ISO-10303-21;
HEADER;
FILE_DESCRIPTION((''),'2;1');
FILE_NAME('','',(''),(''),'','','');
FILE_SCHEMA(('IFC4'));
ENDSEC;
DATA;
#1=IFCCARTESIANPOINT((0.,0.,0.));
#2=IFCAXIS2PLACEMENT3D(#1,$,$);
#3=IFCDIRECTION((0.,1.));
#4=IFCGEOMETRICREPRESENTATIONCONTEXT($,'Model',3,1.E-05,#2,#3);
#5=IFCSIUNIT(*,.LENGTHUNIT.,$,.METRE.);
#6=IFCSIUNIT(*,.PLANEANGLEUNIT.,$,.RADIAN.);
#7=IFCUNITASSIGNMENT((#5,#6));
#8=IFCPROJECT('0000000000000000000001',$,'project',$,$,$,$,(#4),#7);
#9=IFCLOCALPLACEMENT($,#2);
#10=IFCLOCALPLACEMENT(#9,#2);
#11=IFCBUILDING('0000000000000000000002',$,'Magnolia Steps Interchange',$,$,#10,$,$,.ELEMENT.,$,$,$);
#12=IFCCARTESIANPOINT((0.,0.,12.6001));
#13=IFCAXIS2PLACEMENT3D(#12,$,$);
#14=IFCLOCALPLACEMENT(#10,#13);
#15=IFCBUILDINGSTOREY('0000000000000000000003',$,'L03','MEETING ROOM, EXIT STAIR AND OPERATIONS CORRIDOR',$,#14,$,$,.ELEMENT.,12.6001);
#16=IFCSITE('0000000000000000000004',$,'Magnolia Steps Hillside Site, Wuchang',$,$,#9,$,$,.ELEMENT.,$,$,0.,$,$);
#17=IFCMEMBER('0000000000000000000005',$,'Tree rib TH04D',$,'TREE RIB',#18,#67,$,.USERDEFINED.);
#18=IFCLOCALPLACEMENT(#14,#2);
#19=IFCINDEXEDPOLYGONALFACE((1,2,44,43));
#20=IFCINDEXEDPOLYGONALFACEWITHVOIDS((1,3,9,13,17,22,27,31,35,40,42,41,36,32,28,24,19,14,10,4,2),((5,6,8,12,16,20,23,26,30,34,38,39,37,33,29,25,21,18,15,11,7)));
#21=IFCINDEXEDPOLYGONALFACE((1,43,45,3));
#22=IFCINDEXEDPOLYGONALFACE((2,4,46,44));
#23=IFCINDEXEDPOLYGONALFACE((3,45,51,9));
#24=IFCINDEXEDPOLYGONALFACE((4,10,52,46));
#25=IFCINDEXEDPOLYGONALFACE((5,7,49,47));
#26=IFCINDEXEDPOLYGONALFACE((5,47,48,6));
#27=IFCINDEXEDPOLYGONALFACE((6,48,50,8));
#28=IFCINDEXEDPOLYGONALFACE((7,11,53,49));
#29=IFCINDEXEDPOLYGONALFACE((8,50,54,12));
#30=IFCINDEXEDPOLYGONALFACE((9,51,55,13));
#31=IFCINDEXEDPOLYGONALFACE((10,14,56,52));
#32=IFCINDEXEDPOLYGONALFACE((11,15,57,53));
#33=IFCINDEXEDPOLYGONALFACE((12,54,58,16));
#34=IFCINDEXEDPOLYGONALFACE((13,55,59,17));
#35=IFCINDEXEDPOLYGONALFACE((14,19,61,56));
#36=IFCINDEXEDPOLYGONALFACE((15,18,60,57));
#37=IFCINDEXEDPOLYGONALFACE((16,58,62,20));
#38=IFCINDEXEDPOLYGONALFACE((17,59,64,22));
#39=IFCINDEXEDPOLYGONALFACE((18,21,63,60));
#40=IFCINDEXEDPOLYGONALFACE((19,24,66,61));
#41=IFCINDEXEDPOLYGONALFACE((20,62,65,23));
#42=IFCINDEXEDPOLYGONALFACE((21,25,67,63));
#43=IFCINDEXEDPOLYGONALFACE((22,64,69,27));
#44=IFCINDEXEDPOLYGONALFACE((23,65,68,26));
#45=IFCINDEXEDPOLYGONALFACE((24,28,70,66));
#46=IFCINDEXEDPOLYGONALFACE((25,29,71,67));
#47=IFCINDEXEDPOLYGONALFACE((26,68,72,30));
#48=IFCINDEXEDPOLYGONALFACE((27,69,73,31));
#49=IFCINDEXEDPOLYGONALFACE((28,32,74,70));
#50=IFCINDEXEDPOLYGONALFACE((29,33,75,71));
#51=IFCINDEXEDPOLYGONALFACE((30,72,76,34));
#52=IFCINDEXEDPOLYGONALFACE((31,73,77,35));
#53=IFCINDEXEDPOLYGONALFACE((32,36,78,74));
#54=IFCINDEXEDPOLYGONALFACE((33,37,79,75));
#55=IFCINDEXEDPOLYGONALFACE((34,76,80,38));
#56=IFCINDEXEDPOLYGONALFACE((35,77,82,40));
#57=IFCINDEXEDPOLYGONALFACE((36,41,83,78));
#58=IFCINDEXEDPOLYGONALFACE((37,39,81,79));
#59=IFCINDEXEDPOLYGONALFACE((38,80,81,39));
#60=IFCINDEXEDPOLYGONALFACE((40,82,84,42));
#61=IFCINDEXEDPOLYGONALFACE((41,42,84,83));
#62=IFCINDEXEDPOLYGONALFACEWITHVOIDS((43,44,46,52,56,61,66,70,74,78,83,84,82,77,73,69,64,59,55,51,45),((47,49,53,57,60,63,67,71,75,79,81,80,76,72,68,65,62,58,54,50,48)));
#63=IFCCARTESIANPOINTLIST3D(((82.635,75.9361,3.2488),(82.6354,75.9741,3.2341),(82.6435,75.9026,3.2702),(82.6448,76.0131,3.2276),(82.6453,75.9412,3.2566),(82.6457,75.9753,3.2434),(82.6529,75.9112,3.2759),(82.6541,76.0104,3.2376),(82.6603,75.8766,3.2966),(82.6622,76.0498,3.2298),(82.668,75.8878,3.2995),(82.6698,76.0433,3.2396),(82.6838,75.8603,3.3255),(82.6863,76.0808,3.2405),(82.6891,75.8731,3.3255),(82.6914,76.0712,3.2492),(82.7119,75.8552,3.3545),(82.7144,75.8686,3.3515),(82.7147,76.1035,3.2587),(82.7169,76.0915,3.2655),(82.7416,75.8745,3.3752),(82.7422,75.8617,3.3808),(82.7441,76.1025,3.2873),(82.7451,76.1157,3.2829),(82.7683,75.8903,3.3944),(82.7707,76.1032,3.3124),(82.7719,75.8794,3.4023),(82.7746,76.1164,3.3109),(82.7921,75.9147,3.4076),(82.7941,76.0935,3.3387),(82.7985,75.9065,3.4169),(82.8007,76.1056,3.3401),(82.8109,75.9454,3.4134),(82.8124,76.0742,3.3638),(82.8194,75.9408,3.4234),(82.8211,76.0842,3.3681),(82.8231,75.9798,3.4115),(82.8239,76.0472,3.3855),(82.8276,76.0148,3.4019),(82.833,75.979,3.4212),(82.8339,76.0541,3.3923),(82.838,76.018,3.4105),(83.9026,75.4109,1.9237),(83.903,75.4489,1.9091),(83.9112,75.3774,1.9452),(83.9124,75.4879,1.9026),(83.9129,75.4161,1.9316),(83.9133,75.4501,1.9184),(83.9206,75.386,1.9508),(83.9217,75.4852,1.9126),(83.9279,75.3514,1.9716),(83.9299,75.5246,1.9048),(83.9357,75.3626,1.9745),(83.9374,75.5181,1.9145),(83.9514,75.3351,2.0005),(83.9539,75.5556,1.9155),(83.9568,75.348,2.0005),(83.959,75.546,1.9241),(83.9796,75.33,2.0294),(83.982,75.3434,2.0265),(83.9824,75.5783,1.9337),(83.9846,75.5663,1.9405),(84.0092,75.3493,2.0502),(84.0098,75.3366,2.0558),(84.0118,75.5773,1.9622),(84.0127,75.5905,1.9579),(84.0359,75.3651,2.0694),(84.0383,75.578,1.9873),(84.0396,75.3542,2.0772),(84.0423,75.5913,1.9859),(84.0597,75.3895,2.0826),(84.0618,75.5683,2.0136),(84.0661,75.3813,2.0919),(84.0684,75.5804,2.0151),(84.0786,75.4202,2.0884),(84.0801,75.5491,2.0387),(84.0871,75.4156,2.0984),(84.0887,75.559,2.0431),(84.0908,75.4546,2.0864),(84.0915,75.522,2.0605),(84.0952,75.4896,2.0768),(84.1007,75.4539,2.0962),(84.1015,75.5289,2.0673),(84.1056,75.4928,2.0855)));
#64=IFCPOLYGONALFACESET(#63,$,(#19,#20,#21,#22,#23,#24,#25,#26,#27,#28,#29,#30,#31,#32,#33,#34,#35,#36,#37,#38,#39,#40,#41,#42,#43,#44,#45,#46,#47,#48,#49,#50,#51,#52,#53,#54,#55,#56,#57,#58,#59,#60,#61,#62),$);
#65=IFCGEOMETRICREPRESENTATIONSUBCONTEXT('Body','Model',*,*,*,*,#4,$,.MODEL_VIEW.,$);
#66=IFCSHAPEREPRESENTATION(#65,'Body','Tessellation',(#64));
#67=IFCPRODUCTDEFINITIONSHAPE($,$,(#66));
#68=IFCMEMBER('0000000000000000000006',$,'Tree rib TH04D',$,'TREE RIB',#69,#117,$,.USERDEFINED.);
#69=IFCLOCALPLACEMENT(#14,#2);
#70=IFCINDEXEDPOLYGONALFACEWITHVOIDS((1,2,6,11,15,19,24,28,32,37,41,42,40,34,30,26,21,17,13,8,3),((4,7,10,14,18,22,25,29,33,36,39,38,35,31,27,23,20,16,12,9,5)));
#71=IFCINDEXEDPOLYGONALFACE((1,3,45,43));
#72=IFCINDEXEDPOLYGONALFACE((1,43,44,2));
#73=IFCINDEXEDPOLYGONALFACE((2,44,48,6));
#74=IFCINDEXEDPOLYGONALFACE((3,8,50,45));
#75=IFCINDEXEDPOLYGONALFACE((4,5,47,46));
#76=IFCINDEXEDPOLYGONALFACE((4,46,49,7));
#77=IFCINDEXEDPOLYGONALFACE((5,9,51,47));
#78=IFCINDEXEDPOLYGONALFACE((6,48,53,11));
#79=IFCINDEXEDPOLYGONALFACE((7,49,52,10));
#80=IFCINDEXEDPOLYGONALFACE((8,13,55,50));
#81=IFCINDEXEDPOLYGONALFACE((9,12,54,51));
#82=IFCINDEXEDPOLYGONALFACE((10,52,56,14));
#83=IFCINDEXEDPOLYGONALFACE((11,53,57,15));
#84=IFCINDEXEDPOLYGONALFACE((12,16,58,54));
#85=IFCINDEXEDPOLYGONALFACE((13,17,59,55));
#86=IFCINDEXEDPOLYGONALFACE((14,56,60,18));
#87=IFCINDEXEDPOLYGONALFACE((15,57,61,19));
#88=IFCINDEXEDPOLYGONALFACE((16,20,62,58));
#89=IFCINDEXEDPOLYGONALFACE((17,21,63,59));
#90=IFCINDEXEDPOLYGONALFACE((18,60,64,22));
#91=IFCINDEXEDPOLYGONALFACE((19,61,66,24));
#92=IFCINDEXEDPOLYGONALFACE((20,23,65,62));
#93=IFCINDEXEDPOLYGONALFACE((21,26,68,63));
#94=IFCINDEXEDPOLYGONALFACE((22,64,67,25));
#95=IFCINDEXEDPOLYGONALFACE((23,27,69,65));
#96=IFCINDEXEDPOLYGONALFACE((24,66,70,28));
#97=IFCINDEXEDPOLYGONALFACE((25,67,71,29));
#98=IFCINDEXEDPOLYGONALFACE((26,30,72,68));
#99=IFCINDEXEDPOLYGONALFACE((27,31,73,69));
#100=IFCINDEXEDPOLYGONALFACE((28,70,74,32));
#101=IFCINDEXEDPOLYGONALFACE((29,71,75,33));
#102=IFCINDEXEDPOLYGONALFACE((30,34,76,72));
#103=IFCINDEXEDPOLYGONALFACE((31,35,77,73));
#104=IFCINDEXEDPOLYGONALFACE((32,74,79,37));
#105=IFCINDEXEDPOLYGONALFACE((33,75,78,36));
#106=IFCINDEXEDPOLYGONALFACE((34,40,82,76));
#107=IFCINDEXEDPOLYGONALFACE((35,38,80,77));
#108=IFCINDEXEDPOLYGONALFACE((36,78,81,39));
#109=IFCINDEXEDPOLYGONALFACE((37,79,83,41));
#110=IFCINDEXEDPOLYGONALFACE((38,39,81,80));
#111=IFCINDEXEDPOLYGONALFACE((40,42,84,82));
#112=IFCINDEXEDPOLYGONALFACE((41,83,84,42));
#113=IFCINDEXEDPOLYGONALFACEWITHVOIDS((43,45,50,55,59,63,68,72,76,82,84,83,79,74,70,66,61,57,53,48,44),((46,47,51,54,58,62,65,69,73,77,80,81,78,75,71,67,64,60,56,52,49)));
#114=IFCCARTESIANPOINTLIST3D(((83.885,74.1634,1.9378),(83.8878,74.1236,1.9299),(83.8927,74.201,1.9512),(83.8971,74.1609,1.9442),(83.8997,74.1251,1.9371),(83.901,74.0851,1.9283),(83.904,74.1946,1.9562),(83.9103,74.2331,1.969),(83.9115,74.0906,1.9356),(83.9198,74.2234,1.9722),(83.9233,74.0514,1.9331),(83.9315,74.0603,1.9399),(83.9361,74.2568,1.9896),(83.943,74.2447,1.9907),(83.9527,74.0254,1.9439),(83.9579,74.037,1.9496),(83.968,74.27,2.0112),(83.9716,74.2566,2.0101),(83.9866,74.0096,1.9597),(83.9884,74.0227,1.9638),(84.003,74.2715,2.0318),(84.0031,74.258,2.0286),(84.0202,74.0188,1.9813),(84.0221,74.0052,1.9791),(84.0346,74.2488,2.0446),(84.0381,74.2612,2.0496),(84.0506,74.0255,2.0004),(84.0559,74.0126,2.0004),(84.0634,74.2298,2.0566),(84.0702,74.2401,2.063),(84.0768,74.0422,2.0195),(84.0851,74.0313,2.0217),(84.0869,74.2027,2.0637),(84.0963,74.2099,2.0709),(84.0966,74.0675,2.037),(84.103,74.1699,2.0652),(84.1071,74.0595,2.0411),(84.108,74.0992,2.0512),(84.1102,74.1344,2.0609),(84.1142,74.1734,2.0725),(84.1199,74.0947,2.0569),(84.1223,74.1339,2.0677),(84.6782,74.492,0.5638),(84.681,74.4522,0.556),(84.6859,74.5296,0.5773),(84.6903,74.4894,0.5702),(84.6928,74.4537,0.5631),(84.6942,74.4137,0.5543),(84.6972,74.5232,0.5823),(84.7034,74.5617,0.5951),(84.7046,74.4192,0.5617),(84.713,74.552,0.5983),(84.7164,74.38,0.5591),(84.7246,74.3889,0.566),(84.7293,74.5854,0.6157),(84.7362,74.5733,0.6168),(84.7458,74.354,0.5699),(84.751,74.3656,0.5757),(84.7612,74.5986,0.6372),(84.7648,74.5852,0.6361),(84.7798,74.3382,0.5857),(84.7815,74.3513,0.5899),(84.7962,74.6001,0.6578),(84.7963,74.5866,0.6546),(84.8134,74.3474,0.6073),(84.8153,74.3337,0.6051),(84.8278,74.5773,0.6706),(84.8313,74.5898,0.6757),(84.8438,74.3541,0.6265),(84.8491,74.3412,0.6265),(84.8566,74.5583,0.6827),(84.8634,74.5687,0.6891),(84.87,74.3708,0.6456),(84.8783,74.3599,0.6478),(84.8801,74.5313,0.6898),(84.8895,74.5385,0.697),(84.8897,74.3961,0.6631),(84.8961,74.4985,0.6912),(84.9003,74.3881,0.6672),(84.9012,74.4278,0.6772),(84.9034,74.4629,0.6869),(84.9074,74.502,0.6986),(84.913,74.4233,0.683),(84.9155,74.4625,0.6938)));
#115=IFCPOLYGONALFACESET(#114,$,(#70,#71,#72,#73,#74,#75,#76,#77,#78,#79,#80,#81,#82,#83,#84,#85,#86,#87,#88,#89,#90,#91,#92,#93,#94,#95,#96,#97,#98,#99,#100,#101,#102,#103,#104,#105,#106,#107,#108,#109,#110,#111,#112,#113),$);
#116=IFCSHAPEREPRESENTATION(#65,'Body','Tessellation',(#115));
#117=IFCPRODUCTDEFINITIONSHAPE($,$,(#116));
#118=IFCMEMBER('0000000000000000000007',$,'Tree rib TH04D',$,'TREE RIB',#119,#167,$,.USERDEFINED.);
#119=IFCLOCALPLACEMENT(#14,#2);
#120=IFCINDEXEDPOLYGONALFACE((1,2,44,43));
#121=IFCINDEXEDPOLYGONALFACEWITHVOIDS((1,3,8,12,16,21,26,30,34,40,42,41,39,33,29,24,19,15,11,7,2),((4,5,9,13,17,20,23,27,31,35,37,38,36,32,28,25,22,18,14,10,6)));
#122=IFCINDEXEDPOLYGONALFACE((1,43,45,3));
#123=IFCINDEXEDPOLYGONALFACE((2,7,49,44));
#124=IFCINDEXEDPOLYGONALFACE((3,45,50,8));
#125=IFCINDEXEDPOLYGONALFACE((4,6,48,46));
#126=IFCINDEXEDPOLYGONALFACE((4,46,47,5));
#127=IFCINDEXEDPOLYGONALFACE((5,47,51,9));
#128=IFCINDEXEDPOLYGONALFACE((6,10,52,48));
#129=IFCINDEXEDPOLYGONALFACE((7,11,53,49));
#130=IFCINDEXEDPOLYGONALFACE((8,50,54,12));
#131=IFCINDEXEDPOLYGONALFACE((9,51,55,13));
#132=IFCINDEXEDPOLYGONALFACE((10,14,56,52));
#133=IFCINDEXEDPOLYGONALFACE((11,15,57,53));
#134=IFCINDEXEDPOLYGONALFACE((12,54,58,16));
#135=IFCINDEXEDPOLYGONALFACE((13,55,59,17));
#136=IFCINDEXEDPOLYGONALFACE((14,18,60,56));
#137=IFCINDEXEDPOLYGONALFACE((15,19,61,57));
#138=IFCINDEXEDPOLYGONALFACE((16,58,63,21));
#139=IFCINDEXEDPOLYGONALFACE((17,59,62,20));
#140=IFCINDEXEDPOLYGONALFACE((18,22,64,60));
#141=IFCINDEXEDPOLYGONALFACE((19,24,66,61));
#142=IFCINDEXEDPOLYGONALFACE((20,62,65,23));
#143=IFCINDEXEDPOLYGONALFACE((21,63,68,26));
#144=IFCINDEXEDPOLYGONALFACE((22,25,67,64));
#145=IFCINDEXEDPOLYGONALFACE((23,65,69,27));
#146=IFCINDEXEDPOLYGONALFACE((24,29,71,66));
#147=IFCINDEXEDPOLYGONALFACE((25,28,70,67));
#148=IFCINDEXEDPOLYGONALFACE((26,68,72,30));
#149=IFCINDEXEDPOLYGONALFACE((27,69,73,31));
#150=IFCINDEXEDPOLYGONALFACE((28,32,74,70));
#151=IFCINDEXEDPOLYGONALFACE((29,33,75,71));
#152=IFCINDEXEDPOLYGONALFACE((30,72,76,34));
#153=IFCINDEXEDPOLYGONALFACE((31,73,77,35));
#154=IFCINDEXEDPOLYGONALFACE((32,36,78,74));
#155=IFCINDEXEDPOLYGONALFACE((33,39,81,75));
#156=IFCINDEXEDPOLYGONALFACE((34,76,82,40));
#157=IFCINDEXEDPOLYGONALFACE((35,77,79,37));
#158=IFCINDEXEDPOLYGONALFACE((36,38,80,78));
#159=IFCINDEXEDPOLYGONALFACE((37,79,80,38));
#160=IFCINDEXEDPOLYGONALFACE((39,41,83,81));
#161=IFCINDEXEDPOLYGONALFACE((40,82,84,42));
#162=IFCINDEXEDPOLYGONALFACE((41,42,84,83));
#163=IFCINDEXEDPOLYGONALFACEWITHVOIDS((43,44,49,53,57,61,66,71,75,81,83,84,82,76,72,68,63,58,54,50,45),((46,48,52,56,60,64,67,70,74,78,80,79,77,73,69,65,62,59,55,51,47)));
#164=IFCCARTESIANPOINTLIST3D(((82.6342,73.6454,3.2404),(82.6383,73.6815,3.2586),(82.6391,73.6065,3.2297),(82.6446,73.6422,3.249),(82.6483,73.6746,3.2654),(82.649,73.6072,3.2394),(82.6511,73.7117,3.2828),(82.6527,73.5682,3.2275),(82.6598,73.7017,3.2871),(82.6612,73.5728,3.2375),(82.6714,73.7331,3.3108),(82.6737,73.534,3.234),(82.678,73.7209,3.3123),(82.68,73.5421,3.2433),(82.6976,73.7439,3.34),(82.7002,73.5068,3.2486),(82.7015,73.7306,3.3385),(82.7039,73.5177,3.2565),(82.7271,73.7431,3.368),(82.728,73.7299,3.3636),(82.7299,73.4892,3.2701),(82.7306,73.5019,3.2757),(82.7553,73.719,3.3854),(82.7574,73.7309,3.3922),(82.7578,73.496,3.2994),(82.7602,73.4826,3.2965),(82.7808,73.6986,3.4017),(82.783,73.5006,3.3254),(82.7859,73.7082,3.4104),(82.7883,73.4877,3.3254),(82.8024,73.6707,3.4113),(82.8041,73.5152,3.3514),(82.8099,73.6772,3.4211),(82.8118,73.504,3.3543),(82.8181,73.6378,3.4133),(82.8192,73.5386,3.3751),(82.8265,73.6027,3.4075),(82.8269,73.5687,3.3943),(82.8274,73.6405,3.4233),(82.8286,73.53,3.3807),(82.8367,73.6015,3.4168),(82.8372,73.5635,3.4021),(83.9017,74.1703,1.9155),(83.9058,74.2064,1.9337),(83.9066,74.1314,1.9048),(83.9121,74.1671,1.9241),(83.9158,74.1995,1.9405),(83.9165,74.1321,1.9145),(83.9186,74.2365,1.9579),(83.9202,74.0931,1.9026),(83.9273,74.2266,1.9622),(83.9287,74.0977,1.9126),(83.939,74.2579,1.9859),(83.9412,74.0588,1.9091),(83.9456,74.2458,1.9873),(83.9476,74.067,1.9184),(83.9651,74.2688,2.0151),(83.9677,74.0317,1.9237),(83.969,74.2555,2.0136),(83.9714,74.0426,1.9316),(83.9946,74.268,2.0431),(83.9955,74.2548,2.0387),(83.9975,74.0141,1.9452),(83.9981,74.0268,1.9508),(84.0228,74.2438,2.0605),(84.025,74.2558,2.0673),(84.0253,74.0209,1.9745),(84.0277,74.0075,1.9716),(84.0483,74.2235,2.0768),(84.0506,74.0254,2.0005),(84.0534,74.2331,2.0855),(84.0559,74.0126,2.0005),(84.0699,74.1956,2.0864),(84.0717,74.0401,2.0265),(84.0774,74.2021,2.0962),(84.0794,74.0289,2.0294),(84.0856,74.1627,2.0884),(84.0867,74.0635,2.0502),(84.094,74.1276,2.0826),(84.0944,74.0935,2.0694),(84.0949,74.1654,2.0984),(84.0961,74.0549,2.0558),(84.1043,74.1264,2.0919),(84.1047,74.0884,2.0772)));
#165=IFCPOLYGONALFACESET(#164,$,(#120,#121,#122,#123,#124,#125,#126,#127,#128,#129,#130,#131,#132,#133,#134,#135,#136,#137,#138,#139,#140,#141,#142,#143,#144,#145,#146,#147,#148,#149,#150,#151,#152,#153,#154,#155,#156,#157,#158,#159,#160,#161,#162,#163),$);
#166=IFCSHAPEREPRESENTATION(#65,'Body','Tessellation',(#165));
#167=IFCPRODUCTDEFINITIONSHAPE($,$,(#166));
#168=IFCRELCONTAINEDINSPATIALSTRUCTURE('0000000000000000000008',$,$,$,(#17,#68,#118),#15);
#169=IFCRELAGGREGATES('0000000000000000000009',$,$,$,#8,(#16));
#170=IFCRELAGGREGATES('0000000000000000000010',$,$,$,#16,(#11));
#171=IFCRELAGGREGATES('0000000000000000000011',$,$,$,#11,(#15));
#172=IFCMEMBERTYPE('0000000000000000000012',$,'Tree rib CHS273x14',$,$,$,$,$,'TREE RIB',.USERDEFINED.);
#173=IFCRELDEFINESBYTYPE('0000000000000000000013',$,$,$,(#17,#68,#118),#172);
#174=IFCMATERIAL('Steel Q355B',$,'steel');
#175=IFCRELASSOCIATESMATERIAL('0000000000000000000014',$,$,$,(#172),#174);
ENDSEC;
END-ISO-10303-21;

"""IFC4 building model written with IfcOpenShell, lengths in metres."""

from ifc_helpers import new_model, si_unit, direction, frame, origin, origin_2d, place, context, subcontext, project, spatial, hollow_circle, extrude, material, material_profile, profile_set, type_object, element, save


model = new_model("IFC4")

# Units and contexts
model_context = context("Model", 3, precision=1e-05, world=origin(), true_north=direction((0.0, 1.0)))
body_context = subcontext(model_context, "Body", "Model", "MODEL_VIEW")
ifc_project = project(units=[si_unit("LENGTHUNIT", "METRE"), si_unit("PLANEANGLEUNIT", "RADIAN")], contexts=[model_context])

# Site, building, storey
site_placement = place(None, origin())
site = spatial("IfcSite", under=ifc_project, at=site_placement, Name="Magnolia Steps Hillside Site, Wuchang", CompositionType="ELEMENT", RefElevation=0.0)
building_placement = place(site_placement, origin())
building = spatial("IfcBuilding", under=site, at=building_placement, Name="Magnolia Steps Interchange", CompositionType="ELEMENT")
storey_placement = place(building_placement, frame((0.0, 0.0, 12.6001)))
storey = spatial("IfcBuildingStorey", under=building, at=storey_placement, Name="L03", Description="MEETING ROOM, EXIT STAIR AND OPERATIONS CORRIDOR", CompositionType="ELEMENT", Elevation=12.6001)

# Members
ifc_material_1 = material(Name="Steel Q355B", Category="steel")
ifc_material_profile_1 = material_profile(ifc_material_1, hollow_circle(Radius=0.1365, WallThickness=0.0139, at=origin_2d()), Name="CHS273x14")
ifc_profile_set_1 = profile_set([ifc_material_profile_1], Name="Steel Q355B")
member_type = type_object("IfcMemberType", Name="Tree rib CHS273x14", ElementType="TREE RIB", PredefinedType="USERDEFINED", material=ifc_profile_set_1)
member_1_placement = place(storey_placement, frame((84.0037, 75.4612, 2.0005), z_axis=(-0.664571, 0.275326, 0.694651), x_axis=(-0.382745, -0.923854, 0.0)))
element("IfcMember", 1, at=member_1_placement, inside=storey, type_object=member_type, Name="Tree rib TH04D", ObjectType="TREE RIB", PredefinedType="USERDEFINED", context=body_context, shape_type="SweptSolid", body=[
    extrude(hollow_circle(Radius=0.1365, WallThickness=0.0139, at=origin_2d()), origin(), (0.0, 0.0, 1.0), 1.9075),
])
member_2_placement = place(storey_placement, frame((84.7969, 74.4673, 0.6265), z_axis=(-0.489571, -0.20282, 0.848047), x_axis=(0.382737, -0.923857, 0.0)))
element("IfcMember", 2, at=member_2_placement, inside=storey, type_object=member_type, Name="Tree rib TH04D", ObjectType="TREE RIB", PredefinedType="USERDEFINED", context=body_context, shape_type="SweptSolid", body=[
    extrude(hollow_circle(Radius=0.1365, WallThickness=0.0139, at=origin_2d()), origin(), (0.0, 0.0, 1.0), 1.6201),
])
member_3_placement = place(storey_placement, frame((84.0037, 74.1387, 2.0005), z_axis=(-0.664595, -0.275208, 0.694676), x_axis=(0.382593, -0.923917, 0.0)))
element("IfcMember", 3, at=member_3_placement, inside=storey, type_object=member_type, Name="Tree rib TH04D", ObjectType="TREE RIB", PredefinedType="USERDEFINED", context=body_context, shape_type="SweptSolid", body=[
    extrude(hollow_circle(Radius=0.1365, WallThickness=0.0139, at=origin_2d()), origin(), (0.0, 0.0, 1.0), 1.9072),
])

save(model, "model.ifc")
